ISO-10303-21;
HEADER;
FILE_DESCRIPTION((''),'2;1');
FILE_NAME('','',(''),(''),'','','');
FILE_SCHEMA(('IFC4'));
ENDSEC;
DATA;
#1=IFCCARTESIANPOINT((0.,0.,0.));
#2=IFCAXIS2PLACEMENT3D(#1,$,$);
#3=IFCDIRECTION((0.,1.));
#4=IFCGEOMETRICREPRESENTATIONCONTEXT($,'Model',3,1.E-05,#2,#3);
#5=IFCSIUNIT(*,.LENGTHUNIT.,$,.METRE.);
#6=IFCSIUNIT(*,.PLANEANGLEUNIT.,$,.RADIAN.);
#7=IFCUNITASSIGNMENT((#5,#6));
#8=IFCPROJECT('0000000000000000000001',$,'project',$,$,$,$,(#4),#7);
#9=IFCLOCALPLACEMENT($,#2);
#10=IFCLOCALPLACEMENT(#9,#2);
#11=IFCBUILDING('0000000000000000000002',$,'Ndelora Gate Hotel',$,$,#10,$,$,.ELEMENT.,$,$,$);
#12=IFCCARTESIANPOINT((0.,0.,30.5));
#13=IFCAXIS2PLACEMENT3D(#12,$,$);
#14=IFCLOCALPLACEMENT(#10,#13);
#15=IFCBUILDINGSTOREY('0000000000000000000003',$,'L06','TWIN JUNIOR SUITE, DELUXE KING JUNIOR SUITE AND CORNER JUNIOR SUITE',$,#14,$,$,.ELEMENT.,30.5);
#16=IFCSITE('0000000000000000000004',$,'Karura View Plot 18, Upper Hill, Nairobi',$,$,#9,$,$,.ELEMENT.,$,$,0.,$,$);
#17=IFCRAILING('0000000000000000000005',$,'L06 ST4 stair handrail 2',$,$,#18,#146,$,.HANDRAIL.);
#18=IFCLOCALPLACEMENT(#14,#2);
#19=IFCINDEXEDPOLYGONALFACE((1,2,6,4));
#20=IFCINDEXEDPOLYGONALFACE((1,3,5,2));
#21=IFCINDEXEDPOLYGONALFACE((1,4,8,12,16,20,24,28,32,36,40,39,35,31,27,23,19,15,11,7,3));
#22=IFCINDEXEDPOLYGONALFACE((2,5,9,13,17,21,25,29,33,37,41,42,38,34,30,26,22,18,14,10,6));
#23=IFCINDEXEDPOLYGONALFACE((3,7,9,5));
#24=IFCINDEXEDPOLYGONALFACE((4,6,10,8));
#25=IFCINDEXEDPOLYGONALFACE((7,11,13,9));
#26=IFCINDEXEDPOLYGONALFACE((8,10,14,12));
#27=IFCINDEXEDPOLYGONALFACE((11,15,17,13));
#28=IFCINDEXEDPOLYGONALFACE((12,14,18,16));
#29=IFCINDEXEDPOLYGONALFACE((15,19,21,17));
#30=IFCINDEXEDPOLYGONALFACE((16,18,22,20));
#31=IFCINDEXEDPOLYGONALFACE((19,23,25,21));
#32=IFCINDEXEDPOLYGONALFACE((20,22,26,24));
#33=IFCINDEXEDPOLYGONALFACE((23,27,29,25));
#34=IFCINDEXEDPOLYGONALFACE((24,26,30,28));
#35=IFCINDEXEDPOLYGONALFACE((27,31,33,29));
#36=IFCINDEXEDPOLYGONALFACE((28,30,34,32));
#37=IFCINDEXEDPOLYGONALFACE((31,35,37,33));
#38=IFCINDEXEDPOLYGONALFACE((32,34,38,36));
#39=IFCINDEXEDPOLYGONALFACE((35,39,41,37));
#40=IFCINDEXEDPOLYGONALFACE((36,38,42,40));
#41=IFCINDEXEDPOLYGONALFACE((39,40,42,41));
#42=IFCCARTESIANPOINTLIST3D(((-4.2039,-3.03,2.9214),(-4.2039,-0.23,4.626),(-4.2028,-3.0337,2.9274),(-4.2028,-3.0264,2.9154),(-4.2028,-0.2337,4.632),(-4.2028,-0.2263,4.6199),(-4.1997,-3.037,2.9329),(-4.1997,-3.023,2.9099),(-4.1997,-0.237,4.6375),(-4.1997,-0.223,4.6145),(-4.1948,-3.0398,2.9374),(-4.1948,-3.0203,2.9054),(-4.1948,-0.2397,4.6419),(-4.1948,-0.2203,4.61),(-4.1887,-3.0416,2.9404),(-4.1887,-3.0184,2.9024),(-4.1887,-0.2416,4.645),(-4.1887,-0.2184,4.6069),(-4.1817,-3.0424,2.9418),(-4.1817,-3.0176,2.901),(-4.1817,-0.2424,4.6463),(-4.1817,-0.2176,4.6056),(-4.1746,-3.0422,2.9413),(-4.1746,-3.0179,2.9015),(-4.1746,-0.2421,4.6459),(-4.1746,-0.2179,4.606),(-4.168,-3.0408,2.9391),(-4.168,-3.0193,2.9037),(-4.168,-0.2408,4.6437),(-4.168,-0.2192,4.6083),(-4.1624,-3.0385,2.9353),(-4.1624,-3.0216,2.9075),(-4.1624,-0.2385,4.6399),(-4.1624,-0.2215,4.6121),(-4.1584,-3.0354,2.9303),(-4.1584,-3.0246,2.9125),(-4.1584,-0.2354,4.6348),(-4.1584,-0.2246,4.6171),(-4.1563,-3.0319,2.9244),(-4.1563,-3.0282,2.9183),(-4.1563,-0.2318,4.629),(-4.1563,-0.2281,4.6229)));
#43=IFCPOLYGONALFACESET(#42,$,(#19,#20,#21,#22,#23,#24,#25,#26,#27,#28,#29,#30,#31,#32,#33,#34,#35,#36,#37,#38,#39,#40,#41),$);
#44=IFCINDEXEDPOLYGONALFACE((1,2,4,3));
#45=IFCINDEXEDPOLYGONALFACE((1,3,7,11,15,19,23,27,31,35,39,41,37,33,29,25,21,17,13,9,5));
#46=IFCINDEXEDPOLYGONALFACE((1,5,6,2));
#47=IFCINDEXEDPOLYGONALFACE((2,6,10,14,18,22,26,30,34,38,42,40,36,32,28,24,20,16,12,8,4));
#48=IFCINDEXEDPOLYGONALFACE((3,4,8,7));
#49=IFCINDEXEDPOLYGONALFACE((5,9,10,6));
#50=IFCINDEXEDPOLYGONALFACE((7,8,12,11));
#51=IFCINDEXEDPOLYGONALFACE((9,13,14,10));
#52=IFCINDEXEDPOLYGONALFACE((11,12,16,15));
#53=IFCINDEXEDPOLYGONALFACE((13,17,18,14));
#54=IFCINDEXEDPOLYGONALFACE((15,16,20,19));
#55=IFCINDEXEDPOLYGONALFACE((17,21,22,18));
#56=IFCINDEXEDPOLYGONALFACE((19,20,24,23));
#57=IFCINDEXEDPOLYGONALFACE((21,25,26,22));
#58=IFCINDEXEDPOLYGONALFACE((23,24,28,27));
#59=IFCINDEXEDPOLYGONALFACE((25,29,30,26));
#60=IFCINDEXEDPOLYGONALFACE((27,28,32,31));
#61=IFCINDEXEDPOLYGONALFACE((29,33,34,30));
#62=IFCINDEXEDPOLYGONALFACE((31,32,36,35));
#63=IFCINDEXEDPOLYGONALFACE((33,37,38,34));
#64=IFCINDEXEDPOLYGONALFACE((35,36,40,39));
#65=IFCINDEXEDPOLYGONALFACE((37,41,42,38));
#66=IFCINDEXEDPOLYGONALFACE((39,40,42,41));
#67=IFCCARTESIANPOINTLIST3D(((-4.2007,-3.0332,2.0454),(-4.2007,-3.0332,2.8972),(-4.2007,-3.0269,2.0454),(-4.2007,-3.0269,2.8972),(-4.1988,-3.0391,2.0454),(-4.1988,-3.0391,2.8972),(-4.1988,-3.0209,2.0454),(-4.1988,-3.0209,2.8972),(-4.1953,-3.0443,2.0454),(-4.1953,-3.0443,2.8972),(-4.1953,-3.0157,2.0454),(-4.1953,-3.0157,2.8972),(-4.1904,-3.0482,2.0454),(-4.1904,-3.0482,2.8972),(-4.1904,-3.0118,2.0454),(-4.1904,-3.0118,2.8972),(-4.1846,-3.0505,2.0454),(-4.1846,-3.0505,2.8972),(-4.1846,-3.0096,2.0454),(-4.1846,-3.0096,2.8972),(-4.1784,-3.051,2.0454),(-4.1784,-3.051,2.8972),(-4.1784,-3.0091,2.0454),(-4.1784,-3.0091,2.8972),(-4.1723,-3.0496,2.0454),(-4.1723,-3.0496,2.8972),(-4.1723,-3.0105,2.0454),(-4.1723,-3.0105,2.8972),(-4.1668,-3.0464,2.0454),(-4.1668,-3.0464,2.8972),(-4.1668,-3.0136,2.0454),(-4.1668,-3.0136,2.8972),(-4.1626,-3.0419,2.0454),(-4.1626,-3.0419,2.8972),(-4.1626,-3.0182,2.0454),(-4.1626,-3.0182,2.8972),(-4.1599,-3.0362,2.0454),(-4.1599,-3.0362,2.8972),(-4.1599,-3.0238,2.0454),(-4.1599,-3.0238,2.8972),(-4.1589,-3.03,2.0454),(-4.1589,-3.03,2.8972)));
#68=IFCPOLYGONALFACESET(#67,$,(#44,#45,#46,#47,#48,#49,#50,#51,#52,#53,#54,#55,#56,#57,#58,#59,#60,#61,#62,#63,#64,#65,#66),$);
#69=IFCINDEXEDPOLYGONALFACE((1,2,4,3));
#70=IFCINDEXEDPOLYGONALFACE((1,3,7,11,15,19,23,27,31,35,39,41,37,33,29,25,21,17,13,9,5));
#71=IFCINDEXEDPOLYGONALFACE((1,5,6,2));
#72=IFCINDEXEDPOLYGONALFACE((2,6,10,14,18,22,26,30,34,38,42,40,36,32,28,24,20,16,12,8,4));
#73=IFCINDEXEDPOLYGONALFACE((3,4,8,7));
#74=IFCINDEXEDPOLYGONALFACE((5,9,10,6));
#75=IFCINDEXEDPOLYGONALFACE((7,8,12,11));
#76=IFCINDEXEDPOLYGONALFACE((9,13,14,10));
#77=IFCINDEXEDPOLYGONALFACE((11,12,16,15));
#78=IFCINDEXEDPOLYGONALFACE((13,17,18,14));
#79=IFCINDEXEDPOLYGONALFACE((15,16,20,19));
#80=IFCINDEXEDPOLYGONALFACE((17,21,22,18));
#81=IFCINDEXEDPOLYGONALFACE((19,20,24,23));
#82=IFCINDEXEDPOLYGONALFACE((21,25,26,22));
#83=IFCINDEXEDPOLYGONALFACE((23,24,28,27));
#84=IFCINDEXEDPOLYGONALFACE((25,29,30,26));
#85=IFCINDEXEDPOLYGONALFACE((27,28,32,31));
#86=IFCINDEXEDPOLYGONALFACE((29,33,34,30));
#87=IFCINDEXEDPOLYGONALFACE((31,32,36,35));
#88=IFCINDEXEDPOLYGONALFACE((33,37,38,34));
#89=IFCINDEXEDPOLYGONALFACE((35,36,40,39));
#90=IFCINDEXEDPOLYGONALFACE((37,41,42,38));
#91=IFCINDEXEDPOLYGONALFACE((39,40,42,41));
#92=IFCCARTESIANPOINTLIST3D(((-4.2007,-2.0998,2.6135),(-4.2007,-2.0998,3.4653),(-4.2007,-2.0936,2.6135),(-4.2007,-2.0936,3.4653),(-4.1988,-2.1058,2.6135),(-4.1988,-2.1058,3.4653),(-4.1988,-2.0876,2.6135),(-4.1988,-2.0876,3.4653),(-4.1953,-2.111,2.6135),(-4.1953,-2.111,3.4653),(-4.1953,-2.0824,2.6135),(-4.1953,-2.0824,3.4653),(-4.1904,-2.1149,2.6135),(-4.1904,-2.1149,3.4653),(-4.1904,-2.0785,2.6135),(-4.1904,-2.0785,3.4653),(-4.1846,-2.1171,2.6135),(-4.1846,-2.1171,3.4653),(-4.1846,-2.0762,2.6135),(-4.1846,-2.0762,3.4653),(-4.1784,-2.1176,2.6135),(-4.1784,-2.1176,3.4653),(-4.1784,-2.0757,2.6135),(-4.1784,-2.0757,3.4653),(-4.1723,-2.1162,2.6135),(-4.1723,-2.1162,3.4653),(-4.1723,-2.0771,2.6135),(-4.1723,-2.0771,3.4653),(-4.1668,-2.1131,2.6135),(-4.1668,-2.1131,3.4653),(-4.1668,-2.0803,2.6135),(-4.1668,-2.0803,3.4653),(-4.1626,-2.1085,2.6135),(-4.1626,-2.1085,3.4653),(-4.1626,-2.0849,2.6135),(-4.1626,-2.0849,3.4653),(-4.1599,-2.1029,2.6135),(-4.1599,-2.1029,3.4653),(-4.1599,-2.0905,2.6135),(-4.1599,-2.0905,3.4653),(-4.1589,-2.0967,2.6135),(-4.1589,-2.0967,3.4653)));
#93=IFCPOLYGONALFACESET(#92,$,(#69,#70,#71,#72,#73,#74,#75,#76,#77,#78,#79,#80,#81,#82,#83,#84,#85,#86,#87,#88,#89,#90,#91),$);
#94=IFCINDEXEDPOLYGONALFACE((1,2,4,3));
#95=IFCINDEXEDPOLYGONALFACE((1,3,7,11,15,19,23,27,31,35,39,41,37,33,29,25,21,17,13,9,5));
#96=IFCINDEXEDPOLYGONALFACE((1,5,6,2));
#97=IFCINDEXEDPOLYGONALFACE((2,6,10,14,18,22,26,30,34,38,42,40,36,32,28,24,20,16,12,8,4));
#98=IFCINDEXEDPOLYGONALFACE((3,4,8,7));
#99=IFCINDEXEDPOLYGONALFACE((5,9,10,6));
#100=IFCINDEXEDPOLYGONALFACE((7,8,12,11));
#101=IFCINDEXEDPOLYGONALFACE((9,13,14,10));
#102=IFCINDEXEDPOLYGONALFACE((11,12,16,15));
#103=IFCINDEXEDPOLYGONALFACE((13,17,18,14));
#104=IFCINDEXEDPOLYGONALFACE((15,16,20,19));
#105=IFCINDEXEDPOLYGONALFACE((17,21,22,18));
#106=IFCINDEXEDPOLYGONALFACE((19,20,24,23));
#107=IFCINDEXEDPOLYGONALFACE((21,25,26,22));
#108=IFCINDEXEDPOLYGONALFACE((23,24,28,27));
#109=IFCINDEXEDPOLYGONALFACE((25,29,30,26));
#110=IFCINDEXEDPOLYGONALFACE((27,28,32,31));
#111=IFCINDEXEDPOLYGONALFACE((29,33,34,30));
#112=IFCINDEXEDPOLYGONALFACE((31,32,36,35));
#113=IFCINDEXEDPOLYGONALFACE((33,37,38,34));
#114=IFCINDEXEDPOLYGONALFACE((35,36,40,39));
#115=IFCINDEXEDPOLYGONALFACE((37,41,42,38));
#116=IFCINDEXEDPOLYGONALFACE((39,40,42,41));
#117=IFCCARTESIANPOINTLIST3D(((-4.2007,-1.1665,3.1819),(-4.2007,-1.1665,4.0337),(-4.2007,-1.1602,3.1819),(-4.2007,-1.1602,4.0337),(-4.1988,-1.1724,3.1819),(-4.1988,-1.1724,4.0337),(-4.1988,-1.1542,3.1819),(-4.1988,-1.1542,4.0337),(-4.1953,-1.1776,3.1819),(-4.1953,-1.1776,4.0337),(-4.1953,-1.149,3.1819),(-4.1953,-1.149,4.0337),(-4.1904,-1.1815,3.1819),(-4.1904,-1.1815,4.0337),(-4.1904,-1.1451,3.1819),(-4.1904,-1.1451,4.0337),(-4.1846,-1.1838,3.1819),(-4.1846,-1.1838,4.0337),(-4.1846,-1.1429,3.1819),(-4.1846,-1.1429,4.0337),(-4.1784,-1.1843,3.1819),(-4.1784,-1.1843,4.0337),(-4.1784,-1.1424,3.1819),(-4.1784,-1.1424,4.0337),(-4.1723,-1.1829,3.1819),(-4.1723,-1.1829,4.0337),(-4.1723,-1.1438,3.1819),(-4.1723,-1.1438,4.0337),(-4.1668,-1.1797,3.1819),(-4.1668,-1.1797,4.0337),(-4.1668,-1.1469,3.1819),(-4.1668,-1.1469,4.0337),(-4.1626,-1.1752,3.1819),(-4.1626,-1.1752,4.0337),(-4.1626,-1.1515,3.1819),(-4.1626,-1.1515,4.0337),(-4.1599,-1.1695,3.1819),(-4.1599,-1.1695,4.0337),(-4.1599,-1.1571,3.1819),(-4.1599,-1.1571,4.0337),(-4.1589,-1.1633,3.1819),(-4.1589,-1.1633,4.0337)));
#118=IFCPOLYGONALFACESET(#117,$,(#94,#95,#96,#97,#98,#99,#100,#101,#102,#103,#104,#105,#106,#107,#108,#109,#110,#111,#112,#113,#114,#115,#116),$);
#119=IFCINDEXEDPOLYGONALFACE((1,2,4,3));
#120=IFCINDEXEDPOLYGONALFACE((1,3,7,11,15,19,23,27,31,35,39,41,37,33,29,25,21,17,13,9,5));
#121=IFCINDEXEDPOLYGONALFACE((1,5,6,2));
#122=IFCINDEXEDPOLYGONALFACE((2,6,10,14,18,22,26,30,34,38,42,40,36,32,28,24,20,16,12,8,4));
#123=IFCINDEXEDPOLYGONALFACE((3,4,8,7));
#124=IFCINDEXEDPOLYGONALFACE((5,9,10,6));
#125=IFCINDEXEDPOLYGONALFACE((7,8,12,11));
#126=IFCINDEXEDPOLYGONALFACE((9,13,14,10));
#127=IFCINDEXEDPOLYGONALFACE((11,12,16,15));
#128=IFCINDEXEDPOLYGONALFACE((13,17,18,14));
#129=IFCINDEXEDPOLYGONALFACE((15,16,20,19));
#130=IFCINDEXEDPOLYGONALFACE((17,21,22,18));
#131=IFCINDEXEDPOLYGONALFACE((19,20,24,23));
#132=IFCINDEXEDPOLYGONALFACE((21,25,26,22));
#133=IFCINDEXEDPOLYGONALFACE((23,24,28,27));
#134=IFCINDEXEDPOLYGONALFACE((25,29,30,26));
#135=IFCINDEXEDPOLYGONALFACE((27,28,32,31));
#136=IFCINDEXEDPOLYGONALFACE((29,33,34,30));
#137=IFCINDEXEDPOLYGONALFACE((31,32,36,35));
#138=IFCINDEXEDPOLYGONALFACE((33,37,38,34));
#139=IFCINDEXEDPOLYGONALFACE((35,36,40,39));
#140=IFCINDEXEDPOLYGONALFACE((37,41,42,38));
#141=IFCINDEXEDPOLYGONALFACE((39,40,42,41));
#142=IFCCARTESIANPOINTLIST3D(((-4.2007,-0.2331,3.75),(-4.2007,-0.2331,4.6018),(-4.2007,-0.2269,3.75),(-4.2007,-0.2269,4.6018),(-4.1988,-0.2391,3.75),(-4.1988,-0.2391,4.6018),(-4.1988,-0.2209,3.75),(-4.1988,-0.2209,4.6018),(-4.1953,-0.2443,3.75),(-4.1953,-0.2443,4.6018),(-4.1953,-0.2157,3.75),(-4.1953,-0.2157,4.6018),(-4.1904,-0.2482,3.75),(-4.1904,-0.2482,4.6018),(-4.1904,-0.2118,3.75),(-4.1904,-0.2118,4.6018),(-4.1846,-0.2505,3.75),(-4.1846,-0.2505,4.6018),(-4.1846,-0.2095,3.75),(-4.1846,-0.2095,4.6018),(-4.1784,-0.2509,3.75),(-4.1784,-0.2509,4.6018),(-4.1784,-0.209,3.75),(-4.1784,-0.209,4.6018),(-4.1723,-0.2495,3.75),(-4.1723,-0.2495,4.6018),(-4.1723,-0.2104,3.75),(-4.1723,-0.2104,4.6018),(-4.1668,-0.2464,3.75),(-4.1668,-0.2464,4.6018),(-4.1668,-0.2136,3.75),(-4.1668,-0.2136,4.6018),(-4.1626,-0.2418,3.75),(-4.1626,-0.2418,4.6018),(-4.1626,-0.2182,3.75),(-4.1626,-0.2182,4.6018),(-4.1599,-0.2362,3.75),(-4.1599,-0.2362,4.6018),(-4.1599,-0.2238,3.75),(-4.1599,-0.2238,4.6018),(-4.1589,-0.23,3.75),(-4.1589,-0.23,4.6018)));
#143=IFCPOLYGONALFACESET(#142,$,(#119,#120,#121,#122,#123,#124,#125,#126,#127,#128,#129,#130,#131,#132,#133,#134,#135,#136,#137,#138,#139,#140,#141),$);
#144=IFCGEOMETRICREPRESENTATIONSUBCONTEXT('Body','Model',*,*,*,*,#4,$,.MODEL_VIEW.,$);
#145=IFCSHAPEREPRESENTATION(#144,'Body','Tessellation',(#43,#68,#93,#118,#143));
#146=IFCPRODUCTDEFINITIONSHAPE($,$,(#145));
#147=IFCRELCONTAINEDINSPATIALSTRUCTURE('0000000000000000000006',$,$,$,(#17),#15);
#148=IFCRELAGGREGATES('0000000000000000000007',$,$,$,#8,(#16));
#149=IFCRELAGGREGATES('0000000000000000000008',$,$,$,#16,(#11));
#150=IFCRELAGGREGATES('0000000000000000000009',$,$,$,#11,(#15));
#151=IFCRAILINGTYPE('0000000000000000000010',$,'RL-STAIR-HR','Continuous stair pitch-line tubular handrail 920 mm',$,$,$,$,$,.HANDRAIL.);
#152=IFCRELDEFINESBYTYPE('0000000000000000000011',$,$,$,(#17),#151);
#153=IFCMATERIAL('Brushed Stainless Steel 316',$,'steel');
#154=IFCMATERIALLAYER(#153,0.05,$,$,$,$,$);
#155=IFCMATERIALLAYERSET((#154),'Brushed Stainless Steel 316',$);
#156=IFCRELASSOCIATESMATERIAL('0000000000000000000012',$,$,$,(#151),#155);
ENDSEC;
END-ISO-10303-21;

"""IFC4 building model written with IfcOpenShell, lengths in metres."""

from ifc_helpers import new_model, si_unit, direction, frame, origin, origin_2d, place, context, subcontext, project, spatial, circle, extrude, material, layer, layer_set, type_object, element, save


model = new_model("IFC4")

# Units and contexts
model_context = context("Model", 3, precision=1e-05, world=origin(), true_north=direction((0.0, 1.0)))
body_context = subcontext(model_context, "Body", "Model", "MODEL_VIEW")
ifc_project = project(units=[si_unit("LENGTHUNIT", "METRE"), si_unit("PLANEANGLEUNIT", "RADIAN")], contexts=[model_context])

# Site, building, storey
site_placement = place(None, origin())
site = spatial("IfcSite", under=ifc_project, at=site_placement, Name="Karura View Plot 18, Upper Hill, Nairobi", CompositionType="ELEMENT", RefElevation=0.0)
building_placement = place(site_placement, origin())
building = spatial("IfcBuilding", under=site, at=building_placement, Name="Ndelora Gate Hotel", CompositionType="ELEMENT")
storey_placement = place(building_placement, frame((0.0, 0.0, 30.5)))
storey = spatial("IfcBuildingStorey", under=building, at=storey_placement, Name="L06", Description="TWIN JUNIOR SUITE, DELUXE KING JUNIOR SUITE AND CORNER JUNIOR SUITE", CompositionType="ELEMENT", Elevation=30.5)

# Railing
ifc_material_1 = material(Name="Brushed Stainless Steel 316", Category="steel")
ifc_layer_1 = layer(ifc_material_1, 0.05)
ifc_layer_set_1 = layer_set([ifc_layer_1], Name="Brushed Stainless Steel 316")
railing_type_1 = type_object("IfcRailingType", Name="RL-STAIR-HR", Description="Continuous stair pitch-line tubular handrail 920 mm", PredefinedType="HANDRAIL", material=ifc_layer_set_1)
railing_1_placement = place(storey_placement, frame((-4.1799, -3.03, 2.0454)))
element("IfcRailing", 1, at=railing_1_placement, inside=storey, type_object=railing_type_1, Name="L06 ST4 stair handrail 2", PredefinedType="HANDRAIL", context=body_context, shape_type="SweptSolid", body=[
    extrude(circle(Radius=0.0239, at=origin_2d()), frame((0.0, 0.0, 0.876), z_axis=(0.0, 0.85417, 0.519994), x_axis=(-1.0, 0.0, 0.0)), (0.0, 0.0, 1.0), 3.2781),
    extrude(circle(Radius=0.021, at=origin_2d()), origin(), (0.0, 0.0, 1.0), 0.8518),
    extrude(circle(Radius=0.021, at=origin_2d()), frame((0.0, 0.9333, 0.5681)), (0.0, 0.0, 1.0), 0.8518),
    extrude(circle(Radius=0.021, at=origin_2d()), frame((0.0, 1.8667, 1.1365)), (0.0, 0.0, 1.0), 0.8518),
    extrude(circle(Radius=0.021, at=origin_2d()), frame((0.0, 2.8, 1.7046)), (0.0, 0.0, 1.0), 0.8518),
])

save(model, "model.ifc")
